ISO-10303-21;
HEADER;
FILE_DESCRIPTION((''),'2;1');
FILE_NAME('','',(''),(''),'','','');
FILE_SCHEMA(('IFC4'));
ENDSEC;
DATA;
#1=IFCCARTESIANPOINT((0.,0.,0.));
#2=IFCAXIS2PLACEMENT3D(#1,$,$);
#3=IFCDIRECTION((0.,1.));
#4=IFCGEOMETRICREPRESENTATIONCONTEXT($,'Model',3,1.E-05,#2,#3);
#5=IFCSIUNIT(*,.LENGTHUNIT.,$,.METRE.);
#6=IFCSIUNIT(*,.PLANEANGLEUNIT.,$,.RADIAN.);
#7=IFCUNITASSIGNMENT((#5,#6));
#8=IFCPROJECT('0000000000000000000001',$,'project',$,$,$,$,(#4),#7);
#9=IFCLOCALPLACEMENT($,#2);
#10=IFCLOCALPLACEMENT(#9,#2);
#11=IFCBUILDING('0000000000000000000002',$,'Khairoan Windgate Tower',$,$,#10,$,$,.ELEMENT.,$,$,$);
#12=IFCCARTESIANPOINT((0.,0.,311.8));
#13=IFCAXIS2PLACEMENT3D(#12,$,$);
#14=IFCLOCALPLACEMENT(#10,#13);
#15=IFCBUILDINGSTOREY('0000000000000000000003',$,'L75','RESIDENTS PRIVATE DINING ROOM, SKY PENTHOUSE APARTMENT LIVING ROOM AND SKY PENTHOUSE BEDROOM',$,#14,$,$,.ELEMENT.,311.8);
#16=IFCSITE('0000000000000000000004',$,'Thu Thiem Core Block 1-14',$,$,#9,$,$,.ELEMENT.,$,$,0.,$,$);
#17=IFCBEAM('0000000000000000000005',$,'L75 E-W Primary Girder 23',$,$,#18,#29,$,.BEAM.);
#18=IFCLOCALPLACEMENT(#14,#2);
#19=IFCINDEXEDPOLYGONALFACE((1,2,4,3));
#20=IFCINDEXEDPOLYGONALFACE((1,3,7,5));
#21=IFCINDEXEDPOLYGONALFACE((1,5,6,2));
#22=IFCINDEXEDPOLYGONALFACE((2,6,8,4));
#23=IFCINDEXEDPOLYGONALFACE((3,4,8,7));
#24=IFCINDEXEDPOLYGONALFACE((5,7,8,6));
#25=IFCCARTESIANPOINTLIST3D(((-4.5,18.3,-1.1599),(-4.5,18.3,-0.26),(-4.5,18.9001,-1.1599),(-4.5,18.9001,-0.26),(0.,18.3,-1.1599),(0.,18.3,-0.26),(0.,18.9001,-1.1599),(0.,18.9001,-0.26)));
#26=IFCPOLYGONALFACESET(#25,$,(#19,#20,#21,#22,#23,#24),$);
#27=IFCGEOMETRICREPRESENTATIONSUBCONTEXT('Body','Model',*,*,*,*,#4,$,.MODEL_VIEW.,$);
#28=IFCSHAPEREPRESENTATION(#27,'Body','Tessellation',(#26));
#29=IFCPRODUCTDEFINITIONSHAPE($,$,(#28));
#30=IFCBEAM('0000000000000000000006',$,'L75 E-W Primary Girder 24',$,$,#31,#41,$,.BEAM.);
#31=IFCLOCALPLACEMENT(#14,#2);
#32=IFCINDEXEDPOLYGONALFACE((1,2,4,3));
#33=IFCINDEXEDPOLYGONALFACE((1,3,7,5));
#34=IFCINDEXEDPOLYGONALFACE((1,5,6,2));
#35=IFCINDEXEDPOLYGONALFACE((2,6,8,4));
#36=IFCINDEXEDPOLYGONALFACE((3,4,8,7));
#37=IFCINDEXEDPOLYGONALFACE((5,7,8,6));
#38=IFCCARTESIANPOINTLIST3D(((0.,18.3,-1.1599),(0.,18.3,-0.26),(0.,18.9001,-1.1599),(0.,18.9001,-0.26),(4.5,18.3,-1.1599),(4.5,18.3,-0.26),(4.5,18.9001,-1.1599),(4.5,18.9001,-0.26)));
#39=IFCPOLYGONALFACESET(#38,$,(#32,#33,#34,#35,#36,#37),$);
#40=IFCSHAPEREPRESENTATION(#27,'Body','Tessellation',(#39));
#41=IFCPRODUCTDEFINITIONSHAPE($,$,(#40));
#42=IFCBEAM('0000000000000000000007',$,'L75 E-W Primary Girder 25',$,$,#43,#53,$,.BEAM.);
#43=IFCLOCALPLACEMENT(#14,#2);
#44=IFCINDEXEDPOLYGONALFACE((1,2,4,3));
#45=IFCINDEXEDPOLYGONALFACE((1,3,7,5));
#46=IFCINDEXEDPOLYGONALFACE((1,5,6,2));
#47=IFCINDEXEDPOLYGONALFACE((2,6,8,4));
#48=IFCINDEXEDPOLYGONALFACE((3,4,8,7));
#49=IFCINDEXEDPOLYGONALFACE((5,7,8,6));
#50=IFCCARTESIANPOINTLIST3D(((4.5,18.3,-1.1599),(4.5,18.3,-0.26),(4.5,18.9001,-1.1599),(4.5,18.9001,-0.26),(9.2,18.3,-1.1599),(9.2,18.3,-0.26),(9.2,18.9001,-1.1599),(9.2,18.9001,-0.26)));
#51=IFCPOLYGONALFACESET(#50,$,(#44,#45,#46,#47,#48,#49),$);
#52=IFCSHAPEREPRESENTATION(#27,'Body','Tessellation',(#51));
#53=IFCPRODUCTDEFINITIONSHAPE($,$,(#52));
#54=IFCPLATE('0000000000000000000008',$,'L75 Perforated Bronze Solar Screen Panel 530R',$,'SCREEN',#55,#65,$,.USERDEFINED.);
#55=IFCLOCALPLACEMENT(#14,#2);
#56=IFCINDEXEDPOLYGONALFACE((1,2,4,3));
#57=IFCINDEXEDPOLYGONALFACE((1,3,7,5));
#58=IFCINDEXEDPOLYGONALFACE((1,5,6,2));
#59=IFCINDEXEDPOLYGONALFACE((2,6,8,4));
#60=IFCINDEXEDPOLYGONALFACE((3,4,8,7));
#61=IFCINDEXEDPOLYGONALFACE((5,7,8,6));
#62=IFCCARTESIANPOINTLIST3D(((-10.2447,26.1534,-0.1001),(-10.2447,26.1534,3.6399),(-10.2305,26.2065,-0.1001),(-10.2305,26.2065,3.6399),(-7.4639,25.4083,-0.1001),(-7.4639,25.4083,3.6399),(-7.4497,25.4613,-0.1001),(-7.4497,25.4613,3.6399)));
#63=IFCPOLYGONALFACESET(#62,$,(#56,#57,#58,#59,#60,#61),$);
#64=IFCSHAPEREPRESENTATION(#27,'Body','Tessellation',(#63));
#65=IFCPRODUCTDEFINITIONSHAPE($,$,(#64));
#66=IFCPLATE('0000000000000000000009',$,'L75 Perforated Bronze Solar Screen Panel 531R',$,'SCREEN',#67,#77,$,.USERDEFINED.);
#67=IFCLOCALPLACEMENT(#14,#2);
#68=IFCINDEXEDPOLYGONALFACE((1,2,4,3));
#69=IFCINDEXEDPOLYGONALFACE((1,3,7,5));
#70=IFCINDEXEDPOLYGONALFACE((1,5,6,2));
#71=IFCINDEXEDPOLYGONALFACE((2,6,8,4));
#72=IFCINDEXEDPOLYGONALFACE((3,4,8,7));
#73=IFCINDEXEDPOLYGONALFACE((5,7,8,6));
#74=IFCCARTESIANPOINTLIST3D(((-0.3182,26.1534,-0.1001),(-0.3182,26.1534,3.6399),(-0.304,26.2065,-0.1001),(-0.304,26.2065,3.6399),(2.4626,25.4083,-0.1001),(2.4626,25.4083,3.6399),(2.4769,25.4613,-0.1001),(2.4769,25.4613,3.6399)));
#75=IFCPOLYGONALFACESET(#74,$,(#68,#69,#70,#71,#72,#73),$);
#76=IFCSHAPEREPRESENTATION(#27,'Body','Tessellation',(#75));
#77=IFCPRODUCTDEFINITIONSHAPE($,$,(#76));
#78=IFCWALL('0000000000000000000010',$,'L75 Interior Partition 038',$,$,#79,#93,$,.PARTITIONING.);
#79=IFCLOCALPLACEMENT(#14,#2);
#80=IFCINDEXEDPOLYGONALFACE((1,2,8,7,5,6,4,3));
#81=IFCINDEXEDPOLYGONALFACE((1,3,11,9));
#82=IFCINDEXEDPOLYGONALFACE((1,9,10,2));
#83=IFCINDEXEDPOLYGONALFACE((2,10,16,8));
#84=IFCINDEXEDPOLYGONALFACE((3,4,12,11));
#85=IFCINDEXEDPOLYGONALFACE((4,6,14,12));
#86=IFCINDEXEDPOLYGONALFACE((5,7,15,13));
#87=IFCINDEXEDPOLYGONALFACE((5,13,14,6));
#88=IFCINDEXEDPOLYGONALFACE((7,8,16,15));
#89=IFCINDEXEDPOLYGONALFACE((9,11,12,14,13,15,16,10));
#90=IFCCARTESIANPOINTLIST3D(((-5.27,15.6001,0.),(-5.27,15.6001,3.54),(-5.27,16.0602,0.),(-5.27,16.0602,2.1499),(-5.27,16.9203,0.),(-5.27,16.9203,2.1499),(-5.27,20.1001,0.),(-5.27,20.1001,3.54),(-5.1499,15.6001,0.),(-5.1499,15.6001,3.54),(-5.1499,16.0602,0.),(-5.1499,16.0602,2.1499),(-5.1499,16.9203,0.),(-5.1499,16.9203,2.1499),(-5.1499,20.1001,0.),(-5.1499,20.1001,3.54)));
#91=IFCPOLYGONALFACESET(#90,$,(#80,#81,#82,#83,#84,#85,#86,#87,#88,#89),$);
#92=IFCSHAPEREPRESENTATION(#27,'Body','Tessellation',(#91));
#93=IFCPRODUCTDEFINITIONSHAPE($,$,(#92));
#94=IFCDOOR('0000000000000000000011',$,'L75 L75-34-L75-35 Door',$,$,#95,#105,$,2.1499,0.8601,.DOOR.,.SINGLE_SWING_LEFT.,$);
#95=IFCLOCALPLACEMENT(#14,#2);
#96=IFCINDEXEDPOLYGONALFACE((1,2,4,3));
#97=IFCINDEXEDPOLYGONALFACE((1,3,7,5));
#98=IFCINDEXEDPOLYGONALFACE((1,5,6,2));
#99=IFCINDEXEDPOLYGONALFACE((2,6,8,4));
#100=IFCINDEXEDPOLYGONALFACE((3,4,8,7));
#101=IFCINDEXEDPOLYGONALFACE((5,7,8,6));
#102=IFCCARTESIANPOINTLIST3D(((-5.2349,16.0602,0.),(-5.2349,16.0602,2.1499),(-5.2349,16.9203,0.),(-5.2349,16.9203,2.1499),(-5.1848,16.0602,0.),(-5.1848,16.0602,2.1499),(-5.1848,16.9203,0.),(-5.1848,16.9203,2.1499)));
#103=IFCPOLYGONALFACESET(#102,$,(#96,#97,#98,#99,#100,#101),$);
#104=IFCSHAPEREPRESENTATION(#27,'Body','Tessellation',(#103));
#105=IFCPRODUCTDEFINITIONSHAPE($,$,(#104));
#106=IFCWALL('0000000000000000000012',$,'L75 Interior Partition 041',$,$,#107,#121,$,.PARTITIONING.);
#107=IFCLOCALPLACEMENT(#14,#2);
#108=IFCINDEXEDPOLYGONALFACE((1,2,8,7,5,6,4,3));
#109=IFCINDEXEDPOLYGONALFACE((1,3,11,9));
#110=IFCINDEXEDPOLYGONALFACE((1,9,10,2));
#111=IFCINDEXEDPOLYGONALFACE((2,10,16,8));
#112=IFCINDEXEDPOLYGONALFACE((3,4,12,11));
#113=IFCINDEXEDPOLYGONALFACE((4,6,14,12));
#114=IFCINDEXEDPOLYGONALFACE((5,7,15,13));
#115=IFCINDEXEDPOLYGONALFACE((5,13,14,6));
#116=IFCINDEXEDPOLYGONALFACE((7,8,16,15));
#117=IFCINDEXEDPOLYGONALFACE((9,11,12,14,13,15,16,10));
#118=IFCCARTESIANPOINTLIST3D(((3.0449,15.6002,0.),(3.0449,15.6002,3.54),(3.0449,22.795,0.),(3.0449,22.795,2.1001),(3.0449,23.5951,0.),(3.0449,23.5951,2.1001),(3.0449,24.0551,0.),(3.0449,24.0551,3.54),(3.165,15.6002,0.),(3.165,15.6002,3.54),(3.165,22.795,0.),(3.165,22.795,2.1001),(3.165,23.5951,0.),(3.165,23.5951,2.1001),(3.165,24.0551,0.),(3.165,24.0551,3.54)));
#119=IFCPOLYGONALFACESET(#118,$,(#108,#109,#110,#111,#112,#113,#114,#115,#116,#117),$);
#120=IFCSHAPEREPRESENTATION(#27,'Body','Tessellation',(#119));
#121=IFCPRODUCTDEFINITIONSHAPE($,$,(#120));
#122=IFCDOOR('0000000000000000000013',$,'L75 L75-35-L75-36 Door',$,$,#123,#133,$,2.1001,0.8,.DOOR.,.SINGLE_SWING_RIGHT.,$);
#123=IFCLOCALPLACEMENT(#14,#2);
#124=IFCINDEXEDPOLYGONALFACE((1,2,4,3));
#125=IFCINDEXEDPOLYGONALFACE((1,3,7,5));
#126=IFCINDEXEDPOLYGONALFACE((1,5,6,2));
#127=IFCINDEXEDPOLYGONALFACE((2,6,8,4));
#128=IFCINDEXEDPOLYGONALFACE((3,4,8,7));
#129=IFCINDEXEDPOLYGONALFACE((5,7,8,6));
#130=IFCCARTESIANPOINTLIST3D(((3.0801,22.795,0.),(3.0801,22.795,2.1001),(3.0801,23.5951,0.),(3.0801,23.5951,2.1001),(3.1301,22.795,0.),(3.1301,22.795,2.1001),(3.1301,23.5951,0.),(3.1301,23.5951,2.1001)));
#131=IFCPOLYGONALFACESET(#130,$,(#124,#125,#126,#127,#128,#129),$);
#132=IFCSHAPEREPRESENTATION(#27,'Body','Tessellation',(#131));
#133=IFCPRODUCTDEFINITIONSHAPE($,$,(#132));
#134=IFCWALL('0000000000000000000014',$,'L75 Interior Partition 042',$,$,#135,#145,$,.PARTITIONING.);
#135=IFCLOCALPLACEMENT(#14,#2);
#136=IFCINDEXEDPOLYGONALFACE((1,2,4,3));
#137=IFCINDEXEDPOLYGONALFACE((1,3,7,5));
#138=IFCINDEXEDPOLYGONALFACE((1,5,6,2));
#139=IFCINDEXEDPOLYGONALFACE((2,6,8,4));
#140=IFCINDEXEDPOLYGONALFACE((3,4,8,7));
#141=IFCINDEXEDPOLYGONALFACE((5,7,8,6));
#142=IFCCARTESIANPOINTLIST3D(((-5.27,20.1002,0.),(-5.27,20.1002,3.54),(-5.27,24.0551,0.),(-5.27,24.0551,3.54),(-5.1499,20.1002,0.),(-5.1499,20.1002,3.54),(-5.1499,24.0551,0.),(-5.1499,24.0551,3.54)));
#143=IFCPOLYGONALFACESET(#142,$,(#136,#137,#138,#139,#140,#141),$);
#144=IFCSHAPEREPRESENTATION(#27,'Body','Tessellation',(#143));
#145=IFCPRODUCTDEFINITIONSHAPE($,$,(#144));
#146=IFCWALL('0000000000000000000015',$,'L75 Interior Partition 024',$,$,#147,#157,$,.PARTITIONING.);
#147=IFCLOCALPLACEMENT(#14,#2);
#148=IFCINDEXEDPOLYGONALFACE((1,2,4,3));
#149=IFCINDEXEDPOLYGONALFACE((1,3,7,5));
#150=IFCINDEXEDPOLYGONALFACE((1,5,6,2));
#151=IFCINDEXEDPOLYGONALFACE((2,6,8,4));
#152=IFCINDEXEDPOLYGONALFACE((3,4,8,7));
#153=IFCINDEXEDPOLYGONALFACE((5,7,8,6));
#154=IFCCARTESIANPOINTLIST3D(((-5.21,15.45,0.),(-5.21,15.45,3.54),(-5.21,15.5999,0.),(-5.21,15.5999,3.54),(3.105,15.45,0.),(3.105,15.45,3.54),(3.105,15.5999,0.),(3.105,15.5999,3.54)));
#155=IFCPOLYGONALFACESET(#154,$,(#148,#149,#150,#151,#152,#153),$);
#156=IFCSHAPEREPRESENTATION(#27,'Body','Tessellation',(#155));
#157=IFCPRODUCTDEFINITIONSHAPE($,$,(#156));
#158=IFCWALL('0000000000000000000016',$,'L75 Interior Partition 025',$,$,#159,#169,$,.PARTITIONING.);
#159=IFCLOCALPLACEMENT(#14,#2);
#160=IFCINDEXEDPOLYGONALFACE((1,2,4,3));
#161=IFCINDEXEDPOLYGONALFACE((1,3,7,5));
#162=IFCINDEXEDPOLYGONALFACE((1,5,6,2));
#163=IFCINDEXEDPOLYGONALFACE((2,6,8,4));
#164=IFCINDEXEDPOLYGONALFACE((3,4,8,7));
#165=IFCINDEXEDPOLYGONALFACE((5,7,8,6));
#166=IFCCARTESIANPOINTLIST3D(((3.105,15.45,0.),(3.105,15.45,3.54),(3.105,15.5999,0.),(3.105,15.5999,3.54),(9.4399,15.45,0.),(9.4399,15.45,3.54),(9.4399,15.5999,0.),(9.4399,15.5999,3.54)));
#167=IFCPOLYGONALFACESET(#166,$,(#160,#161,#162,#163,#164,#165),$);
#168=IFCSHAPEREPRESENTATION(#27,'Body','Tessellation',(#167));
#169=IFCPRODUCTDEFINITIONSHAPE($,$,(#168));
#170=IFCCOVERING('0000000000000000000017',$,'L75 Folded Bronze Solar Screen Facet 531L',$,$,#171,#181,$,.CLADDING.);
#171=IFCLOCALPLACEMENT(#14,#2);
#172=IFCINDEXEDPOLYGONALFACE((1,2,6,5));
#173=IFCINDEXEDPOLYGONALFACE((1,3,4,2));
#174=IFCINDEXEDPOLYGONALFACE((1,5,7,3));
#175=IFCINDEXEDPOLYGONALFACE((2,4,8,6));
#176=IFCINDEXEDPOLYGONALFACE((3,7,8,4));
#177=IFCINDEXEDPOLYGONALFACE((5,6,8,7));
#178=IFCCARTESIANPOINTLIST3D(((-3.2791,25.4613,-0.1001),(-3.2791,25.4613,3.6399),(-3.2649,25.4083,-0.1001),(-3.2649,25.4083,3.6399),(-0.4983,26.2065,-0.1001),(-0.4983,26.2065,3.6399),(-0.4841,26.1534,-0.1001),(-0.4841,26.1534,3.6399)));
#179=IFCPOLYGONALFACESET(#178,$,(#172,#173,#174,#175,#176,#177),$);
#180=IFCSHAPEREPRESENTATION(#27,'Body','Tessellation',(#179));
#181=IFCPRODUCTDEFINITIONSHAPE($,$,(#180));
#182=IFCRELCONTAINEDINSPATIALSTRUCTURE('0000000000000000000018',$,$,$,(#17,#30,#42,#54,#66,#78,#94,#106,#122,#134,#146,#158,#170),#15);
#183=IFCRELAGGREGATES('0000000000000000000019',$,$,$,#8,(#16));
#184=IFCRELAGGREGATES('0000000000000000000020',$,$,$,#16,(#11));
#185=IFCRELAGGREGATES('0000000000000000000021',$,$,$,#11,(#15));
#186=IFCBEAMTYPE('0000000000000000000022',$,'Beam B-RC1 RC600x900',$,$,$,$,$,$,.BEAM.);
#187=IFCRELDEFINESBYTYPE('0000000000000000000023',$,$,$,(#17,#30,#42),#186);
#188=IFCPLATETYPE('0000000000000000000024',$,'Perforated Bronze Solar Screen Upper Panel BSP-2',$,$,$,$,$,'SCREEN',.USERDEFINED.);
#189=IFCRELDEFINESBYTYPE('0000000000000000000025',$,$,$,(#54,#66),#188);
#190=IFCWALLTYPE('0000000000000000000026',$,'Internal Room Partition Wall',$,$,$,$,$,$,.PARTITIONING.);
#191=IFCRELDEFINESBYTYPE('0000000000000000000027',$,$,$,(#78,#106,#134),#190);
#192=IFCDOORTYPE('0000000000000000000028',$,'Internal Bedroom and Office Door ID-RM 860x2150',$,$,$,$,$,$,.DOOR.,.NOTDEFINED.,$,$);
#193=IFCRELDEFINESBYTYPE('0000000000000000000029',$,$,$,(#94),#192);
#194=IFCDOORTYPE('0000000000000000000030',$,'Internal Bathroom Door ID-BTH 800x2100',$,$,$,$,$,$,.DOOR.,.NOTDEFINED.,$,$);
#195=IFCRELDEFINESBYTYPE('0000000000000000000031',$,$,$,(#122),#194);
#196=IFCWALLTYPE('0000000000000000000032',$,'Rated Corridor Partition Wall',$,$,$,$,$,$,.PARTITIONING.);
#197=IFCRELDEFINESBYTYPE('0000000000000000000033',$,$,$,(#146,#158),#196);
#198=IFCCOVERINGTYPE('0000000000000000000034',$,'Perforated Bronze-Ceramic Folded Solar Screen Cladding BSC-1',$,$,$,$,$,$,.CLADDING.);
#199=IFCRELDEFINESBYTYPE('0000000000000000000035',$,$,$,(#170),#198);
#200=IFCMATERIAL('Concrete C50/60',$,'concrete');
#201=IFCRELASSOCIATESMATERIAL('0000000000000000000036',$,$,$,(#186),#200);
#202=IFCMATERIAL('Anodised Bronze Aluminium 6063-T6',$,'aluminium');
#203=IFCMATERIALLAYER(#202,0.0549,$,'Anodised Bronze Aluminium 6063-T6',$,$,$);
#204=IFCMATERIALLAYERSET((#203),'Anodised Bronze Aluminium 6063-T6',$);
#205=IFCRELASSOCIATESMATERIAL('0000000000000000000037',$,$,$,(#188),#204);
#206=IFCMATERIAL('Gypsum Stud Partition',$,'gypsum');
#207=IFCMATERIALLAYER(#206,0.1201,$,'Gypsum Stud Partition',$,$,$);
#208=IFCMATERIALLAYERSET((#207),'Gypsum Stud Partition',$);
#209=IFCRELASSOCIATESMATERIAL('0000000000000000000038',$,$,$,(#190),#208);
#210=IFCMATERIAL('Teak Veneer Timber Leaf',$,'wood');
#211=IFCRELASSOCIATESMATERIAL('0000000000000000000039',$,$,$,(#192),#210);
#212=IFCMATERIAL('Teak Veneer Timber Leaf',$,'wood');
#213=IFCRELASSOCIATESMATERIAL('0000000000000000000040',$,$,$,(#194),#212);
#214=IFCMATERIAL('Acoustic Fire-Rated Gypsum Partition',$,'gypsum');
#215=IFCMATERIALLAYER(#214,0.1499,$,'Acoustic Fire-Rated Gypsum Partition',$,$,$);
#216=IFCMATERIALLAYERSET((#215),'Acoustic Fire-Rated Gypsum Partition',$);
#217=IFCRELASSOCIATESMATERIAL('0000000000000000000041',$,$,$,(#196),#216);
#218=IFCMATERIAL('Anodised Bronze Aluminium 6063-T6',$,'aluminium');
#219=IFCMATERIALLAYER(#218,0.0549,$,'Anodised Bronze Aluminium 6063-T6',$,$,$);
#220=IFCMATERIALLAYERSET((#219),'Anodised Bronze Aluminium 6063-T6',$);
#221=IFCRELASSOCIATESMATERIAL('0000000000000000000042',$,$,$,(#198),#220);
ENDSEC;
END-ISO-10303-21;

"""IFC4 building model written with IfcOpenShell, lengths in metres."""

from ifc_helpers import new_model, si_unit, direction, frame, frame_2d, origin, origin_2d, place, context, subcontext, project, spatial, rectangle, extrude, material, layer, layer_set, material_profile, profile_set, type_object, element, fill, save


model = new_model("IFC4")

# Units and contexts
model_context = context("Model", 3, precision=1e-05, world=origin(), true_north=direction((0.0, 1.0)))
body_context = subcontext(model_context, "Body", "Model", "MODEL_VIEW")
ifc_project = project(units=[si_unit("LENGTHUNIT", "METRE"), si_unit("PLANEANGLEUNIT", "RADIAN")], contexts=[model_context])

# Site, building, storey
site_placement = place(None, origin())
site = spatial("IfcSite", under=ifc_project, at=site_placement, Name="Thu Thiem Core Block 1-14", CompositionType="ELEMENT", RefElevation=0.0)
building_placement = place(site_placement, origin())
building = spatial("IfcBuilding", under=site, at=building_placement, Name="Khairoan Windgate Tower", CompositionType="ELEMENT")
storey_placement = place(building_placement, frame((0.0, 0.0, 311.8)))
storey = spatial("IfcBuildingStorey", under=building, at=storey_placement, Name="L75", Description="RESIDENTS PRIVATE DINING ROOM, SKY PENTHOUSE APARTMENT LIVING ROOM AND SKY PENTHOUSE BEDROOM", CompositionType="ELEMENT", Elevation=311.8)

# Beams
ifc_material_1 = material(Name="Concrete C50/60", Category="concrete")
ifc_material_profile_1 = material_profile(ifc_material_1, rectangle(XDim=0.6001, YDim=0.8999, at=origin_2d()))
ifc_profile_set_1 = profile_set([ifc_material_profile_1], Name="Concrete C50/60")
beam_type = type_object("IfcBeamType", Name="Beam B-RC1 RC600x900", PredefinedType="BEAM", material=ifc_profile_set_1)
for number, where, z_axis, x_axis, name in (
    (1, (-4.5, 18.6001, -0.71), (1.0, 0.0, 0.0), (0.0, 1.0, 0.0), "L75 E-W Primary Girder 23"),
    (2, (0.0, 18.6001, -0.71), (1.0, 0.0, 0.0), (0.0, 1.0, 0.0), "L75 E-W Primary Girder 24"),
):
    element("IfcBeam", number, at=place(storey_placement, frame(where, z_axis=z_axis, x_axis=x_axis)), inside=storey, type_object=beam_type, Name=name, PredefinedType="BEAM", context=body_context, shape_type="SweptSolid", body=[
        extrude(rectangle(XDim=0.6001, YDim=0.8999, at=origin_2d()), origin(), (0.0, 0.0, 1.0), 4.5),
    ])
beam_1_placement = place(storey_placement, frame((4.5, 18.6001, -0.71), z_axis=(1.0, 0.0, 0.0), x_axis=(0.0, 1.0, 0.0)))
element("IfcBeam", 3, at=beam_1_placement, inside=storey, type_object=beam_type, Name="L75 E-W Primary Girder 25", PredefinedType="BEAM", context=body_context, shape_type="SweptSolid", body=[
    extrude(rectangle(XDim=0.6001, YDim=0.8999, at=origin_2d()), origin(), (0.0, 0.0, 1.0), 4.7),
])

# Plates
ifc_material_2 = material(Name="Anodised Bronze Aluminium 6063-T6", Category="aluminium")
ifc_layer_1 = layer(ifc_material_2, 0.0549, Name="Anodised Bronze Aluminium 6063-T6")
ifc_layer_set_1 = layer_set([ifc_layer_1], Name="Anodised Bronze Aluminium 6063-T6")
plate_type = type_object("IfcPlateType", Name="Perforated Bronze Solar Screen Upper Panel BSP-2", ElementType="SCREEN", PredefinedType="USERDEFINED", material=ifc_layer_set_1)
for number, where, z_axis, x_axis, name in (
    (4, (-8.8472, 25.8074, -0.1001), (0.0, 0.0, 1.0), (0.965926, -0.258819, 0.0), "L75 Perforated Bronze Solar Screen Panel 530R"),
    (5, (1.0793, 25.8074, -0.1001), (0.0, 0.0, 1.0), (0.965926, -0.258819, 0.0), "L75 Perforated Bronze Solar Screen Panel 531R"),
):
    element("IfcPlate", number, at=place(storey_placement, frame(where, z_axis=z_axis, x_axis=x_axis)), inside=storey, type_object=plate_type, Name=name, ObjectType="SCREEN", PredefinedType="USERDEFINED", context=body_context, shape_type="SweptSolid", body=[
        extrude(rectangle(XDim=2.8789, YDim=0.0549, at=origin_2d()), origin(), (0.0, 0.0, 1.0), 3.74),
    ])

# Walls, openings, doors
ifc_material_3 = material(Name="Gypsum Stud Partition", Category="gypsum")
ifc_layer_2 = layer(ifc_material_3, 0.1201, Name="Gypsum Stud Partition")
ifc_layer_set_2 = layer_set([ifc_layer_2], Name="Gypsum Stud Partition")
wall_type_1 = type_object("IfcWallType", Name="Internal Room Partition Wall", PredefinedType="PARTITIONING", material=ifc_layer_set_2)
wall_1_placement = place(storey_placement, frame((-5.21, 15.6001, 0.0), z_axis=(0.0, 0.0, 1.0), x_axis=(0.0, 1.0, 0.0)))
wall_1 = element("IfcWall", 6, at=wall_1_placement, inside=storey, type_object=wall_type_1, Name="L75 Interior Partition 038", PredefinedType="PARTITIONING", context=body_context, shape_type="SweptSolid", body=[
    extrude(rectangle(XDim=4.5, YDim=0.1201, at=frame_2d((2.25, 0.0))), origin(), (0.0, 0.0, 1.0), 3.54),
])
opening_1_placement = place(wall_1_placement, frame((0.46, 0.0, 0.0)))
opening_1 = element("IfcOpeningElement", 7, at=opening_1_placement, cuts=wall_1, PredefinedType="OPENING", context=body_context, shape_type="SweptSolid", body=[
    extrude(rectangle(XDim=0.8601, YDim=2.1499, at=frame_2d((0.4302, 1.075))), frame((0.0, 0.0701, 0.0), z_axis=(0.0, -1.0, 0.0), x_axis=(1.0, 0.0, 0.0)), (0.0, 0.0, 1.0), 0.1401),
])
ifc_material_4 = material(Name="Teak Veneer Timber Leaf", Category="wood")
door_type_1 = type_object("IfcDoorType", Name="Internal Bedroom and Office Door ID-RM 860x2150", OperationType="NOTDEFINED", PredefinedType="DOOR", material=ifc_material_4)
door_1_placement = place(opening_1_placement, origin())
door_1 = element("IfcDoor", 8, at=door_1_placement, inside=storey, type_object=door_type_1, Name="L75 L75-34-L75-35 Door", OperationType="SINGLE_SWING_LEFT", OverallHeight=2.1499, OverallWidth=0.8601, PredefinedType="DOOR", context=body_context, shape_type="SweptSolid", body=[
    extrude(rectangle(XDim=0.8601, YDim=2.1499, at=frame_2d((0.4302, 1.075))), frame((0.0, 0.0249, 0.0), z_axis=(0.0, -1.0, 0.0), x_axis=(1.0, 0.0, 0.0)), (0.0, 0.0, 1.0), 0.05),
])
fill(opening_1, door_1)
wall_2_placement = place(storey_placement, frame((3.105, 15.6001, 0.0), z_axis=(0.0, 0.0, 1.0), x_axis=(0.0, 1.0, 0.0)))
wall_2 = element("IfcWall", 9, at=wall_2_placement, inside=storey, type_object=wall_type_1, Name="L75 Interior Partition 041", PredefinedType="PARTITIONING", context=body_context, shape_type="SweptSolid", body=[
    extrude(rectangle(XDim=8.4548, YDim=0.1201, at=frame_2d((4.2275, 0.0))), origin(), (0.0, 0.0, 1.0), 3.54),
])
opening_2_placement = place(wall_2_placement, frame((7.1951, 0.0, 0.0)))
opening_2 = element("IfcOpeningElement", 10, at=opening_2_placement, cuts=wall_2, PredefinedType="OPENING", context=body_context, shape_type="SweptSolid", body=[
    extrude(rectangle(XDim=0.8, YDim=2.1001, at=frame_2d((0.3999, 1.05))), frame((0.0, 0.0701, 0.0), z_axis=(0.0, -1.0, 0.0), x_axis=(1.0, 0.0, 0.0)), (0.0, 0.0, 1.0), 0.1401),
])
ifc_material_5 = material(Name="Teak Veneer Timber Leaf", Category="wood")
door_type_2 = type_object("IfcDoorType", Name="Internal Bathroom Door ID-BTH 800x2100", OperationType="NOTDEFINED", PredefinedType="DOOR", material=ifc_material_5)
door_2_placement = place(opening_2_placement, origin())
door_2 = element("IfcDoor", 11, at=door_2_placement, inside=storey, type_object=door_type_2, Name="L75 L75-35-L75-36 Door", OperationType="SINGLE_SWING_RIGHT", OverallHeight=2.1001, OverallWidth=0.8, PredefinedType="DOOR", context=body_context, shape_type="SweptSolid", body=[
    extrude(rectangle(XDim=0.8, YDim=2.1001, at=frame_2d((0.3999, 1.05))), frame((0.0, 0.0249, 0.0), z_axis=(0.0, -1.0, 0.0), x_axis=(1.0, 0.0, 0.0)), (0.0, 0.0, 1.0), 0.05),
])
fill(opening_2, door_2)

# Walls
wall_3_placement = place(storey_placement, frame((-5.21, 20.1001, 0.0), z_axis=(0.0, 0.0, 1.0), x_axis=(0.0, 1.0, 0.0)))
element("IfcWall", 12, at=wall_3_placement, inside=storey, type_object=wall_type_1, Name="L75 Interior Partition 042", PredefinedType="PARTITIONING", context=body_context, shape_type="SweptSolid", body=[
    extrude(rectangle(XDim=3.9548, YDim=0.1201, at=frame_2d((1.9775, 0.0))), origin(), (0.0, 0.0, 1.0), 3.54),
])
ifc_material_6 = material(Name="Acoustic Fire-Rated Gypsum Partition", Category="gypsum")
ifc_layer_3 = layer(ifc_material_6, 0.1499, Name="Acoustic Fire-Rated Gypsum Partition")
ifc_layer_set_3 = layer_set([ifc_layer_3], Name="Acoustic Fire-Rated Gypsum Partition")
wall_type_2 = type_object("IfcWallType", Name="Rated Corridor Partition Wall", PredefinedType="PARTITIONING", material=ifc_layer_set_3)
wall_4_placement = place(storey_placement, frame((-5.21, 15.5249, 0.0), z_axis=(0.0, 0.0, 1.0), x_axis=(1.0, 0.0, 0.0)))
element("IfcWall", 13, at=wall_4_placement, inside=storey, type_object=wall_type_2, Name="L75 Interior Partition 024", PredefinedType="PARTITIONING", context=body_context, shape_type="SweptSolid", body=[
    extrude(rectangle(XDim=8.3149, YDim=0.1499, at=frame_2d((4.1575, 0.0))), origin(), (0.0, 0.0, 1.0), 3.54),
])
wall_5_placement = place(storey_placement, frame((3.105, 15.5249, 0.0), z_axis=(0.0, 0.0, 1.0), x_axis=(1.0, 0.0, 0.0)))
element("IfcWall", 14, at=wall_5_placement, inside=storey, type_object=wall_type_2, Name="L75 Interior Partition 025", PredefinedType="PARTITIONING", context=body_context, shape_type="SweptSolid", body=[
    extrude(rectangle(XDim=6.335, YDim=0.1499, at=frame_2d((3.1675, 0.0))), origin(), (0.0, 0.0, 1.0), 3.54),
])

# Covering
ifc_material_7 = material(Name="Anodised Bronze Aluminium 6063-T6", Category="aluminium")
ifc_layer_4 = layer(ifc_material_7, 0.0549, Name="Anodised Bronze Aluminium 6063-T6")
ifc_layer_set_4 = layer_set([ifc_layer_4], Name="Anodised Bronze Aluminium 6063-T6")
covering_type = type_object("IfcCoveringType", Name="Perforated Bronze-Ceramic Folded Solar Screen Cladding BSC-1", PredefinedType="CLADDING", material=ifc_layer_set_4)
covering_placement = place(storey_placement, frame((-1.8816, 25.8074, -0.1001), z_axis=(0.0, 0.0, 1.0), x_axis=(0.965926, 0.258819, 0.0)))
element("IfcCovering", 15, at=covering_placement, inside=storey, type_object=covering_type, Name="L75 Folded Bronze Solar Screen Facet 531L", PredefinedType="CLADDING", context=body_context, shape_type="SweptSolid", body=[
    extrude(rectangle(XDim=2.8789, YDim=0.0549, at=origin_2d()), origin(), (0.0, 0.0, 1.0), 3.74),
])

save(model, "model.ifc")
